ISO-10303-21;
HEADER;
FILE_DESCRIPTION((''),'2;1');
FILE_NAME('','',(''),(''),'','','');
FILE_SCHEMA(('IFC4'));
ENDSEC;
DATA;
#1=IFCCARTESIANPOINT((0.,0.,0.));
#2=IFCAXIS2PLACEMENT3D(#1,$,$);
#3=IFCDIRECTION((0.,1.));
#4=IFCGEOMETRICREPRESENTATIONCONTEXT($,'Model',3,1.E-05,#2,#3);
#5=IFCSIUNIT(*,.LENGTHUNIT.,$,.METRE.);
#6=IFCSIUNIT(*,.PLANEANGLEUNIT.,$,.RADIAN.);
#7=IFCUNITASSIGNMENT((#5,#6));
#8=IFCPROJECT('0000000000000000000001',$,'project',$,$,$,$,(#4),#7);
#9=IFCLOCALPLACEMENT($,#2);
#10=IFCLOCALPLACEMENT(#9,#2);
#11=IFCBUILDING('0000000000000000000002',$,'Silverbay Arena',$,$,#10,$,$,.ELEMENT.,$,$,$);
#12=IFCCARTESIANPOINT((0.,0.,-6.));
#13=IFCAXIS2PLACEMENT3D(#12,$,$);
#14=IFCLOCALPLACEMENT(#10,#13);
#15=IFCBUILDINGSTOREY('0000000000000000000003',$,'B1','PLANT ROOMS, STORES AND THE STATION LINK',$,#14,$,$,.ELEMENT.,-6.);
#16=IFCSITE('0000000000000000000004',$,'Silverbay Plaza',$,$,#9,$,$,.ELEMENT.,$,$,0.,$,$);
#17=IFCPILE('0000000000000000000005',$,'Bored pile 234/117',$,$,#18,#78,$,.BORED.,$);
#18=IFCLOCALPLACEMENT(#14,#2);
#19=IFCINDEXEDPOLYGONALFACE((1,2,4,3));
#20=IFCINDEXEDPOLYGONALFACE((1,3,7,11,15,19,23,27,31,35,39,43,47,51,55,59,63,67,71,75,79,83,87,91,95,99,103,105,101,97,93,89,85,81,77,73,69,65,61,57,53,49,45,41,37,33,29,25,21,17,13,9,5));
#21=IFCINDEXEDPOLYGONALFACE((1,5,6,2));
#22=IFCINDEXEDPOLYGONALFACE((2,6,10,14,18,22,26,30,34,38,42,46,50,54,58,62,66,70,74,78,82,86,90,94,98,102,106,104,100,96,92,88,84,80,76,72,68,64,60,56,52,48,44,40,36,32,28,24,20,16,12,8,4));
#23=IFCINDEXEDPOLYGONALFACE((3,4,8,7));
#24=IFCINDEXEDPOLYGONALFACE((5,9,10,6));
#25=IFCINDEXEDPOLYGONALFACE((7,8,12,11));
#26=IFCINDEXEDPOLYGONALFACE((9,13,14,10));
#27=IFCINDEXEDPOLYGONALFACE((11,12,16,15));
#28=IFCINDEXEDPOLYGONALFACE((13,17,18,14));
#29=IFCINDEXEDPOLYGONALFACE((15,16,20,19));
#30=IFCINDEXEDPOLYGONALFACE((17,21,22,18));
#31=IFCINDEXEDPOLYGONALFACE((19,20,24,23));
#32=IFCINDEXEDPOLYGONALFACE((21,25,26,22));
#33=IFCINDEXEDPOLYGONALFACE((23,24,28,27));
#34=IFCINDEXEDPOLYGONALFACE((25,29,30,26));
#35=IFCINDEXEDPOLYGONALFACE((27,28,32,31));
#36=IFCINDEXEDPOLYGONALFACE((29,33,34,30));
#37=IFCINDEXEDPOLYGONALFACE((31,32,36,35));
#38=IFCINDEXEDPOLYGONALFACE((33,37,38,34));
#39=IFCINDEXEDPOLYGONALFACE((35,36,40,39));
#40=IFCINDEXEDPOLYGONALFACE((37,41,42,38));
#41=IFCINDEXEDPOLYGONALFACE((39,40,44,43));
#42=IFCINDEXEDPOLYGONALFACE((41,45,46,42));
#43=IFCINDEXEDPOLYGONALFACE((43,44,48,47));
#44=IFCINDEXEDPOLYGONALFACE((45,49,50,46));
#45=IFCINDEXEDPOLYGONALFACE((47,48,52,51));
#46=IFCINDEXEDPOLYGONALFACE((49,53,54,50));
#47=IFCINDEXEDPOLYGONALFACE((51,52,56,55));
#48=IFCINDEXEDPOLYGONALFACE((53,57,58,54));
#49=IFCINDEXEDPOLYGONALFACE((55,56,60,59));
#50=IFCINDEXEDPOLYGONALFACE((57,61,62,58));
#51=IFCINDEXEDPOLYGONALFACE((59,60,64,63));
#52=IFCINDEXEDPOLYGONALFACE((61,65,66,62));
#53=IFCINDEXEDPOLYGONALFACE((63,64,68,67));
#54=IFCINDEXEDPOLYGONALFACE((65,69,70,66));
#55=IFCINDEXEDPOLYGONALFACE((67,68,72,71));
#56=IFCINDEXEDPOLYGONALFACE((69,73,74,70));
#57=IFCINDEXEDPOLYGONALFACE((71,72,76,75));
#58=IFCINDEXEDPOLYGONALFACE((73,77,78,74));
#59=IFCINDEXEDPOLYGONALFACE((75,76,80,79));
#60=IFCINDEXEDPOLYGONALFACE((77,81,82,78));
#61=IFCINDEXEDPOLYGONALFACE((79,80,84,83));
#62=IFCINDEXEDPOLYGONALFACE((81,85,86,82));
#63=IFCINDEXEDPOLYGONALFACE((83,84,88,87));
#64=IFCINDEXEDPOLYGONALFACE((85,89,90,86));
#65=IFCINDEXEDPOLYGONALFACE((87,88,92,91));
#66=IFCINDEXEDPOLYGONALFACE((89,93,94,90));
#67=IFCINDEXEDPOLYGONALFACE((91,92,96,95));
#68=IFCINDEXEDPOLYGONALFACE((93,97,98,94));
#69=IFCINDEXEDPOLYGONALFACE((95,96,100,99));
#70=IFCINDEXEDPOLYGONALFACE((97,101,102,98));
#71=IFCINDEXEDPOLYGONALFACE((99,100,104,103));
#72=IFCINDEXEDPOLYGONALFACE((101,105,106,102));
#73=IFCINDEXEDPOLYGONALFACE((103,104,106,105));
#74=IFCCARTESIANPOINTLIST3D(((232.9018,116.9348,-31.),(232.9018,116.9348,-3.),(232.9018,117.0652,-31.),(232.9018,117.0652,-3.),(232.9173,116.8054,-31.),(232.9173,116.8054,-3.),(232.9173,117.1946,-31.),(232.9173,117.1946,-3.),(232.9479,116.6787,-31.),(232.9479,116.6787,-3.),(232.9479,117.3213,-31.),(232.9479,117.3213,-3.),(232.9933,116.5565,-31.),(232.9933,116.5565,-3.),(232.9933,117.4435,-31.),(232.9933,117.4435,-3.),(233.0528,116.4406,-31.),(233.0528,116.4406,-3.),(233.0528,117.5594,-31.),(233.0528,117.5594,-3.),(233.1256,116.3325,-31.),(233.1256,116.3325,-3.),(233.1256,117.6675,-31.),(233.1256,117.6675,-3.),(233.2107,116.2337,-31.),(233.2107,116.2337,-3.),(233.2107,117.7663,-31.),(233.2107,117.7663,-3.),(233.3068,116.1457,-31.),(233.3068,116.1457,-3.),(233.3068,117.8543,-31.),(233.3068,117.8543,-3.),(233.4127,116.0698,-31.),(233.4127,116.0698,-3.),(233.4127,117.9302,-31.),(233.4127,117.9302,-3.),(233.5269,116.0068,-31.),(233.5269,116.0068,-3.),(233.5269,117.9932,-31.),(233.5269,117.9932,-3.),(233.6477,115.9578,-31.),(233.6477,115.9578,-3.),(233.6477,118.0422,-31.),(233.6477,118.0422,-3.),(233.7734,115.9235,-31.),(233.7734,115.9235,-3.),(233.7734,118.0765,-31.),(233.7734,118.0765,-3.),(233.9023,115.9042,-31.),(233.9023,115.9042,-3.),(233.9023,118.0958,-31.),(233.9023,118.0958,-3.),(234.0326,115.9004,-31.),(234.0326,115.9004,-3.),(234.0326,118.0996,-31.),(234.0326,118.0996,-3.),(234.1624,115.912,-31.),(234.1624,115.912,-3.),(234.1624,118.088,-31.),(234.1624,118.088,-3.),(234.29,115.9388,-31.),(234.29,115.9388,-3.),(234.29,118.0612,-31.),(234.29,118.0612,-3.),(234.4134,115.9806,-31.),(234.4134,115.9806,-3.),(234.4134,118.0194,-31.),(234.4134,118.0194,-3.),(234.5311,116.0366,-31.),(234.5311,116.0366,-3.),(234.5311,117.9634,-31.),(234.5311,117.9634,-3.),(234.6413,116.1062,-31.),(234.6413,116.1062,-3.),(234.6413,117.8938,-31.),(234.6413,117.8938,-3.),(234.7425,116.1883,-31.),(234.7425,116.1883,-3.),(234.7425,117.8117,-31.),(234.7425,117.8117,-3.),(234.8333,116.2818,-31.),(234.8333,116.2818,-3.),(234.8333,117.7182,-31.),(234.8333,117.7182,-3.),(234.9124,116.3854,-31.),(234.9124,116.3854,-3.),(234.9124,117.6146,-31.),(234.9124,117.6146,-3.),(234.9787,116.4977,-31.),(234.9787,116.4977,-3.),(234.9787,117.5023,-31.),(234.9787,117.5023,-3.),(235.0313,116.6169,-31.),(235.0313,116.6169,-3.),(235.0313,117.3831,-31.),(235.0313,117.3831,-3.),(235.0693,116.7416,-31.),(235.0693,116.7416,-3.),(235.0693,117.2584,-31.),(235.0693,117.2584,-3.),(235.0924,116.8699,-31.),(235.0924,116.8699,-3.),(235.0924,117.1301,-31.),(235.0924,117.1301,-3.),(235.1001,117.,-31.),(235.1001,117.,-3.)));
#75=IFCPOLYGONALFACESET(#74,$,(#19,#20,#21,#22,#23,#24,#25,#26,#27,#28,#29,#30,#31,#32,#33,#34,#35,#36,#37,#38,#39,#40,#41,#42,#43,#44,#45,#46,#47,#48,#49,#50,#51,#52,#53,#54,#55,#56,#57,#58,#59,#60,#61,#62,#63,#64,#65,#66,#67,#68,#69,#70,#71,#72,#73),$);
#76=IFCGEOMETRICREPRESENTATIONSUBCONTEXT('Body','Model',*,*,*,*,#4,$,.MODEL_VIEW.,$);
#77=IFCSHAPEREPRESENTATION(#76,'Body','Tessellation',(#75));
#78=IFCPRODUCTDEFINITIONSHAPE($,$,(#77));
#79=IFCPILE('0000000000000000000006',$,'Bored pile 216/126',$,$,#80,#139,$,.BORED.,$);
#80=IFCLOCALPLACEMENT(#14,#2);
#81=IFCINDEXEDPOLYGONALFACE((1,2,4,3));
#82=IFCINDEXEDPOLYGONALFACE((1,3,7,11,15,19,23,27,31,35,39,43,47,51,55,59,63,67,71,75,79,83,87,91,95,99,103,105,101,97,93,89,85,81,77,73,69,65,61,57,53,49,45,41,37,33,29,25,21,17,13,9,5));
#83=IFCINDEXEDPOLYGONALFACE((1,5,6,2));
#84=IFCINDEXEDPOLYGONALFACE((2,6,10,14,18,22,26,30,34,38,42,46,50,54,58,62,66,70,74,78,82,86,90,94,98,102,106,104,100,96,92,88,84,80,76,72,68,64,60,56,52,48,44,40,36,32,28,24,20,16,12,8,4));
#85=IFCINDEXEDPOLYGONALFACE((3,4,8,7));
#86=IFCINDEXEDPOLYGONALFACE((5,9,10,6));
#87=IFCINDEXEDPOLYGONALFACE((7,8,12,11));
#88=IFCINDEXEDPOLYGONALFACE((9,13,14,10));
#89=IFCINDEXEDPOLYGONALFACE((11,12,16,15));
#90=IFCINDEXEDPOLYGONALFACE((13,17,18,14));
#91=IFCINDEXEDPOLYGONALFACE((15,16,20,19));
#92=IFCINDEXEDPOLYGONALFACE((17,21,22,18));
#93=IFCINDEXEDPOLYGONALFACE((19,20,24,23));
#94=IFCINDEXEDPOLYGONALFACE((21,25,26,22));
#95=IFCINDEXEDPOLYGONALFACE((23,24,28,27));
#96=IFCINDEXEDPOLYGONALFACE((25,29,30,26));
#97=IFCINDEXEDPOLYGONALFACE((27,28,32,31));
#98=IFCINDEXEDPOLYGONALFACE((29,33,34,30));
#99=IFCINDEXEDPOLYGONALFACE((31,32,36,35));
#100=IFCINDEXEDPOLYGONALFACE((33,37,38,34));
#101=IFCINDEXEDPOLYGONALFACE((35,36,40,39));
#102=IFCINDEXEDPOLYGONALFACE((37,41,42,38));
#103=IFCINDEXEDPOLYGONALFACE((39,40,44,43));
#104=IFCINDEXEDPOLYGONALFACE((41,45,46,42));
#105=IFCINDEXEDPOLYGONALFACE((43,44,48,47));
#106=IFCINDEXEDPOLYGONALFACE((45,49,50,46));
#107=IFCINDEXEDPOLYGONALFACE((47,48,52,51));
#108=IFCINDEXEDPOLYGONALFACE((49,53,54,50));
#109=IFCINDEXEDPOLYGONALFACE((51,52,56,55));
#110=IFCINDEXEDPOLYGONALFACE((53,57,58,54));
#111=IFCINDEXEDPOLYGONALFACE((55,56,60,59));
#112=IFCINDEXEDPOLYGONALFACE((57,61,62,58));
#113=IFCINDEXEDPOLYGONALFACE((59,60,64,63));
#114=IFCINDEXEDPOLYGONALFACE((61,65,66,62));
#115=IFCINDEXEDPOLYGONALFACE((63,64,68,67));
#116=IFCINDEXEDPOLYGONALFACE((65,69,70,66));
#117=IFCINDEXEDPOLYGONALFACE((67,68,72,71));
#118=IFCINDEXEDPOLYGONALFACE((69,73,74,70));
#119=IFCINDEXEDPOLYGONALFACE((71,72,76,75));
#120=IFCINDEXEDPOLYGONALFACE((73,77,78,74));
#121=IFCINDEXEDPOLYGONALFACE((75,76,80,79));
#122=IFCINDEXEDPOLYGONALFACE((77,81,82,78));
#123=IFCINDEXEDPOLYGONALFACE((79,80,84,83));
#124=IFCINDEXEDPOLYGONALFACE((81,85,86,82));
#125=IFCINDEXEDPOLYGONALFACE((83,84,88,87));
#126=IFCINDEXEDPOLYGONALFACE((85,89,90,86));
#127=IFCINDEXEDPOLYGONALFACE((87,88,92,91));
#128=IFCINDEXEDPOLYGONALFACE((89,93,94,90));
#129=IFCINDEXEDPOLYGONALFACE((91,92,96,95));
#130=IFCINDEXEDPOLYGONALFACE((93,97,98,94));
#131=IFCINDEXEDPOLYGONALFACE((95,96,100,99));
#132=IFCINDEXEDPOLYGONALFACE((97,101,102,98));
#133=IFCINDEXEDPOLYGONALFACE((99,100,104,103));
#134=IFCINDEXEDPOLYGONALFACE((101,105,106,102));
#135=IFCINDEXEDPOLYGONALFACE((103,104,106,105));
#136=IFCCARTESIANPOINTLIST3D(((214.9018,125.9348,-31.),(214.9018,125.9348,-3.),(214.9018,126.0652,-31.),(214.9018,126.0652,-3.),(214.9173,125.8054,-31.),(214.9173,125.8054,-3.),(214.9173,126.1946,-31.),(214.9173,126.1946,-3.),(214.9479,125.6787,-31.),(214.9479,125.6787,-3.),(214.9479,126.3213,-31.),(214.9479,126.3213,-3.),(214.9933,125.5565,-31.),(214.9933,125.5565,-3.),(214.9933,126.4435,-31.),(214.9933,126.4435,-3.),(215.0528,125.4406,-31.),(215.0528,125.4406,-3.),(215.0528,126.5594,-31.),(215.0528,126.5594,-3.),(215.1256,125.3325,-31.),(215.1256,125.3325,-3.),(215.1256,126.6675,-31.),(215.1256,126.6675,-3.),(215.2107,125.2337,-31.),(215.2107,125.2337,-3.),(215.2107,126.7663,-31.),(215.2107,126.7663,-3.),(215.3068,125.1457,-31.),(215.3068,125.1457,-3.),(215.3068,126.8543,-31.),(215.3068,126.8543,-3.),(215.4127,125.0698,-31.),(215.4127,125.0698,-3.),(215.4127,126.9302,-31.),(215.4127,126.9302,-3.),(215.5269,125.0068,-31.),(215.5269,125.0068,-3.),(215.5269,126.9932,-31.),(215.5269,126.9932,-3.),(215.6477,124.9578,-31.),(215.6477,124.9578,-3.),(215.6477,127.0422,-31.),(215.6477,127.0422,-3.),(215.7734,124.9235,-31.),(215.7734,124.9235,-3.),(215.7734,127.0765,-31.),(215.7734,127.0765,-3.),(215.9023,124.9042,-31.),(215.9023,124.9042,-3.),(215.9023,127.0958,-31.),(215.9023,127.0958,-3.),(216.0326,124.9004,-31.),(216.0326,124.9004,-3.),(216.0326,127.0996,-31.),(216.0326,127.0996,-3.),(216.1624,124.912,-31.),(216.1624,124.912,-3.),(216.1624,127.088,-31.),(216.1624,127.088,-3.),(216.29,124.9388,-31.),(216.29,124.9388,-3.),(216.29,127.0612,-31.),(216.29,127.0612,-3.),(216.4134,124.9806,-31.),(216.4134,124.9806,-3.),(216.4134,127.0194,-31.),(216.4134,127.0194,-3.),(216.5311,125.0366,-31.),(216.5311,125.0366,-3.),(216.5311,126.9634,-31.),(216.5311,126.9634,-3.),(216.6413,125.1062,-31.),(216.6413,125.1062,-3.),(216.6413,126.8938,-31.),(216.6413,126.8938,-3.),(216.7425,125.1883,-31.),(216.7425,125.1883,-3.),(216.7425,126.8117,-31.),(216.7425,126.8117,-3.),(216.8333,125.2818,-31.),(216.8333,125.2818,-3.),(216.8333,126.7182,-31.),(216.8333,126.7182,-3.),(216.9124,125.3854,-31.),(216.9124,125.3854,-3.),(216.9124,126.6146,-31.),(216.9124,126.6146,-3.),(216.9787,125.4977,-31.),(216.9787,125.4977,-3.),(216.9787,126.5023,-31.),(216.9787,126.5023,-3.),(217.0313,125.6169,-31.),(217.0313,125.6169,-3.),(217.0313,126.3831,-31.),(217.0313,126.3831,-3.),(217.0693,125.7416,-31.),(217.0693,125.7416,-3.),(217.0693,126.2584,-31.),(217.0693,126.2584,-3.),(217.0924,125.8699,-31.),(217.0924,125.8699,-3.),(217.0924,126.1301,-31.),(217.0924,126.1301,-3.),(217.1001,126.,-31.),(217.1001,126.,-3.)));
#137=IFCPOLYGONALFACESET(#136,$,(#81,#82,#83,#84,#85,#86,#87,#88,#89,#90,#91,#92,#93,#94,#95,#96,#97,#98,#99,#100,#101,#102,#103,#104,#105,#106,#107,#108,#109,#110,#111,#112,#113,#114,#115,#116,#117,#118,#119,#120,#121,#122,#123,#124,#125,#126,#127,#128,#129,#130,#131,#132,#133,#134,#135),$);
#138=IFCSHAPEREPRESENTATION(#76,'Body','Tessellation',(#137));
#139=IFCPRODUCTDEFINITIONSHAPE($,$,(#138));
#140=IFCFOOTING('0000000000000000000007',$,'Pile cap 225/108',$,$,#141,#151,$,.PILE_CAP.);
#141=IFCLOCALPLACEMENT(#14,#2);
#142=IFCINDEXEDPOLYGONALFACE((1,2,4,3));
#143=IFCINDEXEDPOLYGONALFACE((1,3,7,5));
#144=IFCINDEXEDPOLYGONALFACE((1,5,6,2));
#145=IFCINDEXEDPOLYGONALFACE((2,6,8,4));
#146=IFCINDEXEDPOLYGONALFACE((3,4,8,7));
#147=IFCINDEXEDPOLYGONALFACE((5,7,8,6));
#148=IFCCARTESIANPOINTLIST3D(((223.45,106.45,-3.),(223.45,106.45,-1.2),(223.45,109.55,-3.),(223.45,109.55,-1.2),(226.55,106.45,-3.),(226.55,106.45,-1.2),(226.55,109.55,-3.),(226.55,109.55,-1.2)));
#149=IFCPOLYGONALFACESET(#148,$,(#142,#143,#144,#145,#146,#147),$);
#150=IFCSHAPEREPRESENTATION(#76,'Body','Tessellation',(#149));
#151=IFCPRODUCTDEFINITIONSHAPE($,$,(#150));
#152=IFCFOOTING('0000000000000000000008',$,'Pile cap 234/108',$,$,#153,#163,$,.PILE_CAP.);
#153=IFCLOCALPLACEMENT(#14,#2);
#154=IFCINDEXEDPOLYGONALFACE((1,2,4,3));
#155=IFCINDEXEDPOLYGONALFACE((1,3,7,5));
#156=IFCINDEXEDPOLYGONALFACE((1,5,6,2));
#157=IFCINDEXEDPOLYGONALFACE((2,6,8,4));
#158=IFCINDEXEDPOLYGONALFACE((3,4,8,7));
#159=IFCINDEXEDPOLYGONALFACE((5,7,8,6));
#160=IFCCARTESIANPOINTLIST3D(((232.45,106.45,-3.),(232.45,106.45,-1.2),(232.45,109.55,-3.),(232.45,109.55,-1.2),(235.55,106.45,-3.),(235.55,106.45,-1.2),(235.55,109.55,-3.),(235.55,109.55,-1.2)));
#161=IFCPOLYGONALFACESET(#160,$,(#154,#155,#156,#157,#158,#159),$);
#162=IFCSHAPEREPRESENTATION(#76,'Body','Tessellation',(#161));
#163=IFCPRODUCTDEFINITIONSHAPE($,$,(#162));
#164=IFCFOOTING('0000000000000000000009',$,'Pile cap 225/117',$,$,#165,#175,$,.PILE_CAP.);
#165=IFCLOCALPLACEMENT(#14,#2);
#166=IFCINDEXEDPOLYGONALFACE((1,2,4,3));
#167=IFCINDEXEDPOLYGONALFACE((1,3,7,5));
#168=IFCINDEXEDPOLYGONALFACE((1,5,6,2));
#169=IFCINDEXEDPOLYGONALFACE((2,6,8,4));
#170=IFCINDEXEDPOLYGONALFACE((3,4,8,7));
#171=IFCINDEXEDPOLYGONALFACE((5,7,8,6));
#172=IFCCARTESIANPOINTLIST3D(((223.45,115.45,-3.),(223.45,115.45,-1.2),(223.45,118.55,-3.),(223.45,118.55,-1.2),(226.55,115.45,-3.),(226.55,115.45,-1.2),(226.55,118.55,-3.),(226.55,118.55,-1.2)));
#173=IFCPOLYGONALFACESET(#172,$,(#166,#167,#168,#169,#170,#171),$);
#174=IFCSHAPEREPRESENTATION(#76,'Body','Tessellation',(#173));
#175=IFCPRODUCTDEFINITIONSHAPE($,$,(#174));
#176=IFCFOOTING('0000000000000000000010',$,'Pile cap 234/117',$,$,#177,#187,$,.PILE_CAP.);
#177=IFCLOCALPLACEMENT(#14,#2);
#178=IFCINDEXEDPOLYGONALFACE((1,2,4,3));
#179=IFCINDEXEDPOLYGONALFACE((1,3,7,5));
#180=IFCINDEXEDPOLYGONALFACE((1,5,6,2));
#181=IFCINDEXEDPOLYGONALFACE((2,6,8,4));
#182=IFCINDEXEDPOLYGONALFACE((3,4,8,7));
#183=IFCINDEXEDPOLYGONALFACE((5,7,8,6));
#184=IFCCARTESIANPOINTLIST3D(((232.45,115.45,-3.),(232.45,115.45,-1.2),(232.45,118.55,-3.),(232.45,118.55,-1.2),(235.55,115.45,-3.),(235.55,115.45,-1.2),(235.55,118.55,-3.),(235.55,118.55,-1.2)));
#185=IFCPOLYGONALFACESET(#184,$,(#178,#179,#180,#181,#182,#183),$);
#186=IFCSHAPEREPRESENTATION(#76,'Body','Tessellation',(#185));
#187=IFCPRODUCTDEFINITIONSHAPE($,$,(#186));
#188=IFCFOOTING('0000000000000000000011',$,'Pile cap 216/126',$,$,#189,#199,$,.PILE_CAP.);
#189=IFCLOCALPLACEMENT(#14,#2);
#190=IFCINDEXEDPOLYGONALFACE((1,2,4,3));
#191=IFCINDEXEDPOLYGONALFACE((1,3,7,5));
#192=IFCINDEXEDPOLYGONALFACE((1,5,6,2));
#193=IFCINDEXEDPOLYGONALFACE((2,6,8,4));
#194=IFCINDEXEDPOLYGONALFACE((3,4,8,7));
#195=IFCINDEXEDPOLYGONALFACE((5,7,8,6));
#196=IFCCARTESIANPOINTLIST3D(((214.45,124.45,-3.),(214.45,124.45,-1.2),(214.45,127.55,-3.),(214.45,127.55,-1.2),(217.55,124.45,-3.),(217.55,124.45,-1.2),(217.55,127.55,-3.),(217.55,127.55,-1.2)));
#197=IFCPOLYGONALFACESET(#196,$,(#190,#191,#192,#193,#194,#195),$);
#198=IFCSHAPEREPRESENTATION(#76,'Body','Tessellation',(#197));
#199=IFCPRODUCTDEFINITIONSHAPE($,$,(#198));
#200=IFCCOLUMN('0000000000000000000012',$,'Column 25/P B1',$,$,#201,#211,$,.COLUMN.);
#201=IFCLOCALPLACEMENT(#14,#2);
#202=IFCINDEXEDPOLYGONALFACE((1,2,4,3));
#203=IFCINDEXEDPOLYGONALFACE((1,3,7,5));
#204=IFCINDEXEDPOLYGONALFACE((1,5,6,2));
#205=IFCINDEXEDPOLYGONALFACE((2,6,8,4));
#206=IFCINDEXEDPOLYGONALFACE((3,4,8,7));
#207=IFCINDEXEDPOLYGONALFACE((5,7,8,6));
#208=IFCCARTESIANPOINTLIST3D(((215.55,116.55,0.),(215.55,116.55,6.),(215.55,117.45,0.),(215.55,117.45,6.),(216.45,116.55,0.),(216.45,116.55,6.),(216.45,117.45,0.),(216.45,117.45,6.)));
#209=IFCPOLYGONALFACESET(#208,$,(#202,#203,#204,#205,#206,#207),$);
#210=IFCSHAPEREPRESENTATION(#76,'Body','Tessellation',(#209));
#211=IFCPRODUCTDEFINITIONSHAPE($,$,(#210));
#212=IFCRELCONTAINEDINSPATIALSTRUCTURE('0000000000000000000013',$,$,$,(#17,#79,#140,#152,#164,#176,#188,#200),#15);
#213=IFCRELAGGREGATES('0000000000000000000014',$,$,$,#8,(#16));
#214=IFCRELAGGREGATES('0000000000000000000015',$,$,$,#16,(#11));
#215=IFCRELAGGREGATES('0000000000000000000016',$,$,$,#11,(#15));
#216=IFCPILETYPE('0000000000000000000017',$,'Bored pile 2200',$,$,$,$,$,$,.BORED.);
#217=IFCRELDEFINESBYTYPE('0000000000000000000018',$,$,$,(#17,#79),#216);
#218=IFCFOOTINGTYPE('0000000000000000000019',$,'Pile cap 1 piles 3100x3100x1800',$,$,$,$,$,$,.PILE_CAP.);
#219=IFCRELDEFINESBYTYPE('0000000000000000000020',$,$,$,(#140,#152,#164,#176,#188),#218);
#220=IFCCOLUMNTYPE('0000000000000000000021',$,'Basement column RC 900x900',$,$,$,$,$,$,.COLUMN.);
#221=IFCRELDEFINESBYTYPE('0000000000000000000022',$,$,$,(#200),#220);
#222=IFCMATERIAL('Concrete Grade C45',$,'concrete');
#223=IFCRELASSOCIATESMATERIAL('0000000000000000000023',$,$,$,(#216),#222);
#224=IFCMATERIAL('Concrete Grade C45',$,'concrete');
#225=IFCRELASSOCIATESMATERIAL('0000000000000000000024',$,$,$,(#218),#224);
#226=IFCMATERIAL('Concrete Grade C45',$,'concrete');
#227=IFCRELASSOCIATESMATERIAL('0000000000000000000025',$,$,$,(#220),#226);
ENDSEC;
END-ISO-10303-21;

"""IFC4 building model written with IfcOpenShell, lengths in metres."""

from ifc_helpers import new_model, si_unit, direction, frame, origin, origin_2d, place, context, subcontext, project, spatial, rectangle, circle, extrude, material, material_profile, profile_set, type_object, element, save


model = new_model("IFC4")

# Units and contexts
model_context = context("Model", 3, precision=1e-05, world=origin(), true_north=direction((0.0, 1.0)))
body_context = subcontext(model_context, "Body", "Model", "MODEL_VIEW")
ifc_project = project(units=[si_unit("LENGTHUNIT", "METRE"), si_unit("PLANEANGLEUNIT", "RADIAN")], contexts=[model_context])

# Site, building, storey
site_placement = place(None, origin())
site = spatial("IfcSite", under=ifc_project, at=site_placement, Name="Silverbay Plaza", CompositionType="ELEMENT", RefElevation=0.0)
building_placement = place(site_placement, origin())
building = spatial("IfcBuilding", under=site, at=building_placement, Name="Silverbay Arena", CompositionType="ELEMENT")
storey_placement = place(building_placement, frame((0.0, 0.0, -6.0)))
storey = spatial("IfcBuildingStorey", under=building, at=storey_placement, Name="B1", Description="PLANT ROOMS, STORES AND THE STATION LINK", CompositionType="ELEMENT", Elevation=-6.0)

# Piles
ifc_material_1 = material(Name="Concrete Grade C45", Category="concrete")
ifc_material_profile_1 = material_profile(ifc_material_1, circle(Radius=1.1001, at=origin_2d()), Name="Bored pile 2200")
ifc_profile_set_1 = profile_set([ifc_material_profile_1], Name="Concrete Grade C45")
pile_type_1 = type_object("IfcPileType", Name="Bored pile 2200", PredefinedType="BORED", material=ifc_profile_set_1)
for number, where, z_axis, x_axis, name in (
    (1, (234.0, 117.0, -3.0), (0.0, 0.0, -1.0), (1.0, 0.0, 0.0), "Bored pile 234/117"),
    (2, (216.0, 126.0, -3.0), (0.0, 0.0, -1.0), (1.0, 0.0, 0.0), "Bored pile 216/126"),
):
    element("IfcPile", number, at=place(storey_placement, frame(where, z_axis=z_axis, x_axis=x_axis)), inside=storey, type_object=pile_type_1, Name=name, PredefinedType="BORED", context=body_context, shape_type="SweptSolid", body=[
        extrude(circle(Radius=1.1001, at=origin_2d()), origin(), (0.0, 0.0, 1.0), 28.0),
    ])

# Footings
ifc_material_2 = material(Name="Concrete Grade C45", Category="concrete")
footing_type = type_object("IfcFootingType", Name="Pile cap 1 piles 3100x3100x1800", PredefinedType="PILE_CAP", material=ifc_material_2)
for number, where, z_axis, x_axis, name in (
    (3, (225.0, 108.0, -3.0), (0.0, 0.0, 1.0), (1.0, 0.0, 0.0), "Pile cap 225/108"),
    (4, (234.0, 108.0, -3.0), (0.0, 0.0, 1.0), (1.0, 0.0, 0.0), "Pile cap 234/108"),
    (5, (225.0, 117.0, -3.0), (0.0, 0.0, 1.0), (1.0, 0.0, 0.0), "Pile cap 225/117"),
    (6, (234.0, 117.0, -3.0), (0.0, 0.0, 1.0), (1.0, 0.0, 0.0), "Pile cap 234/117"),
    (7, (216.0, 126.0, -3.0), (0.0, 0.0, 1.0), (1.0, 0.0, 0.0), "Pile cap 216/126"),
):
    element("IfcFooting", number, at=place(storey_placement, frame(where, z_axis=z_axis, x_axis=x_axis)), inside=storey, type_object=footing_type, Name=name, PredefinedType="PILE_CAP", context=body_context, shape_type="SweptSolid", body=[
        extrude(rectangle(XDim=3.1001, YDim=3.1001, at=origin_2d()), origin(), (0.0, 0.0, 1.0), 1.8),
    ])

# Column
ifc_material_3 = material(Name="Concrete Grade C45", Category="concrete")
ifc_material_profile_2 = material_profile(ifc_material_3, rectangle(XDim=0.8999, YDim=0.8999, at=origin_2d()), Name="RC 900x900")
ifc_profile_set_2 = profile_set([ifc_material_profile_2], Name="Concrete Grade C45")
column_type = type_object("IfcColumnType", Name="Basement column RC 900x900", PredefinedType="COLUMN", material=ifc_profile_set_2)
for number, where, z_axis, x_axis, name in (
    (8, (216.0, 117.0, 0.0), (0.0, 0.0, 1.0), (1.0, 0.0, 0.0), "Column 25/P B1"),
):
    element("IfcColumn", number, at=place(storey_placement, frame(where, z_axis=z_axis, x_axis=x_axis)), inside=storey, type_object=column_type, Name=name, PredefinedType="COLUMN", context=body_context, shape_type="SweptSolid", body=[
        extrude(rectangle(XDim=0.8999, YDim=0.8999, at=origin_2d()), origin(), (0.0, 0.0, 1.0), 6.0),
    ])

save(model, "model.ifc")
